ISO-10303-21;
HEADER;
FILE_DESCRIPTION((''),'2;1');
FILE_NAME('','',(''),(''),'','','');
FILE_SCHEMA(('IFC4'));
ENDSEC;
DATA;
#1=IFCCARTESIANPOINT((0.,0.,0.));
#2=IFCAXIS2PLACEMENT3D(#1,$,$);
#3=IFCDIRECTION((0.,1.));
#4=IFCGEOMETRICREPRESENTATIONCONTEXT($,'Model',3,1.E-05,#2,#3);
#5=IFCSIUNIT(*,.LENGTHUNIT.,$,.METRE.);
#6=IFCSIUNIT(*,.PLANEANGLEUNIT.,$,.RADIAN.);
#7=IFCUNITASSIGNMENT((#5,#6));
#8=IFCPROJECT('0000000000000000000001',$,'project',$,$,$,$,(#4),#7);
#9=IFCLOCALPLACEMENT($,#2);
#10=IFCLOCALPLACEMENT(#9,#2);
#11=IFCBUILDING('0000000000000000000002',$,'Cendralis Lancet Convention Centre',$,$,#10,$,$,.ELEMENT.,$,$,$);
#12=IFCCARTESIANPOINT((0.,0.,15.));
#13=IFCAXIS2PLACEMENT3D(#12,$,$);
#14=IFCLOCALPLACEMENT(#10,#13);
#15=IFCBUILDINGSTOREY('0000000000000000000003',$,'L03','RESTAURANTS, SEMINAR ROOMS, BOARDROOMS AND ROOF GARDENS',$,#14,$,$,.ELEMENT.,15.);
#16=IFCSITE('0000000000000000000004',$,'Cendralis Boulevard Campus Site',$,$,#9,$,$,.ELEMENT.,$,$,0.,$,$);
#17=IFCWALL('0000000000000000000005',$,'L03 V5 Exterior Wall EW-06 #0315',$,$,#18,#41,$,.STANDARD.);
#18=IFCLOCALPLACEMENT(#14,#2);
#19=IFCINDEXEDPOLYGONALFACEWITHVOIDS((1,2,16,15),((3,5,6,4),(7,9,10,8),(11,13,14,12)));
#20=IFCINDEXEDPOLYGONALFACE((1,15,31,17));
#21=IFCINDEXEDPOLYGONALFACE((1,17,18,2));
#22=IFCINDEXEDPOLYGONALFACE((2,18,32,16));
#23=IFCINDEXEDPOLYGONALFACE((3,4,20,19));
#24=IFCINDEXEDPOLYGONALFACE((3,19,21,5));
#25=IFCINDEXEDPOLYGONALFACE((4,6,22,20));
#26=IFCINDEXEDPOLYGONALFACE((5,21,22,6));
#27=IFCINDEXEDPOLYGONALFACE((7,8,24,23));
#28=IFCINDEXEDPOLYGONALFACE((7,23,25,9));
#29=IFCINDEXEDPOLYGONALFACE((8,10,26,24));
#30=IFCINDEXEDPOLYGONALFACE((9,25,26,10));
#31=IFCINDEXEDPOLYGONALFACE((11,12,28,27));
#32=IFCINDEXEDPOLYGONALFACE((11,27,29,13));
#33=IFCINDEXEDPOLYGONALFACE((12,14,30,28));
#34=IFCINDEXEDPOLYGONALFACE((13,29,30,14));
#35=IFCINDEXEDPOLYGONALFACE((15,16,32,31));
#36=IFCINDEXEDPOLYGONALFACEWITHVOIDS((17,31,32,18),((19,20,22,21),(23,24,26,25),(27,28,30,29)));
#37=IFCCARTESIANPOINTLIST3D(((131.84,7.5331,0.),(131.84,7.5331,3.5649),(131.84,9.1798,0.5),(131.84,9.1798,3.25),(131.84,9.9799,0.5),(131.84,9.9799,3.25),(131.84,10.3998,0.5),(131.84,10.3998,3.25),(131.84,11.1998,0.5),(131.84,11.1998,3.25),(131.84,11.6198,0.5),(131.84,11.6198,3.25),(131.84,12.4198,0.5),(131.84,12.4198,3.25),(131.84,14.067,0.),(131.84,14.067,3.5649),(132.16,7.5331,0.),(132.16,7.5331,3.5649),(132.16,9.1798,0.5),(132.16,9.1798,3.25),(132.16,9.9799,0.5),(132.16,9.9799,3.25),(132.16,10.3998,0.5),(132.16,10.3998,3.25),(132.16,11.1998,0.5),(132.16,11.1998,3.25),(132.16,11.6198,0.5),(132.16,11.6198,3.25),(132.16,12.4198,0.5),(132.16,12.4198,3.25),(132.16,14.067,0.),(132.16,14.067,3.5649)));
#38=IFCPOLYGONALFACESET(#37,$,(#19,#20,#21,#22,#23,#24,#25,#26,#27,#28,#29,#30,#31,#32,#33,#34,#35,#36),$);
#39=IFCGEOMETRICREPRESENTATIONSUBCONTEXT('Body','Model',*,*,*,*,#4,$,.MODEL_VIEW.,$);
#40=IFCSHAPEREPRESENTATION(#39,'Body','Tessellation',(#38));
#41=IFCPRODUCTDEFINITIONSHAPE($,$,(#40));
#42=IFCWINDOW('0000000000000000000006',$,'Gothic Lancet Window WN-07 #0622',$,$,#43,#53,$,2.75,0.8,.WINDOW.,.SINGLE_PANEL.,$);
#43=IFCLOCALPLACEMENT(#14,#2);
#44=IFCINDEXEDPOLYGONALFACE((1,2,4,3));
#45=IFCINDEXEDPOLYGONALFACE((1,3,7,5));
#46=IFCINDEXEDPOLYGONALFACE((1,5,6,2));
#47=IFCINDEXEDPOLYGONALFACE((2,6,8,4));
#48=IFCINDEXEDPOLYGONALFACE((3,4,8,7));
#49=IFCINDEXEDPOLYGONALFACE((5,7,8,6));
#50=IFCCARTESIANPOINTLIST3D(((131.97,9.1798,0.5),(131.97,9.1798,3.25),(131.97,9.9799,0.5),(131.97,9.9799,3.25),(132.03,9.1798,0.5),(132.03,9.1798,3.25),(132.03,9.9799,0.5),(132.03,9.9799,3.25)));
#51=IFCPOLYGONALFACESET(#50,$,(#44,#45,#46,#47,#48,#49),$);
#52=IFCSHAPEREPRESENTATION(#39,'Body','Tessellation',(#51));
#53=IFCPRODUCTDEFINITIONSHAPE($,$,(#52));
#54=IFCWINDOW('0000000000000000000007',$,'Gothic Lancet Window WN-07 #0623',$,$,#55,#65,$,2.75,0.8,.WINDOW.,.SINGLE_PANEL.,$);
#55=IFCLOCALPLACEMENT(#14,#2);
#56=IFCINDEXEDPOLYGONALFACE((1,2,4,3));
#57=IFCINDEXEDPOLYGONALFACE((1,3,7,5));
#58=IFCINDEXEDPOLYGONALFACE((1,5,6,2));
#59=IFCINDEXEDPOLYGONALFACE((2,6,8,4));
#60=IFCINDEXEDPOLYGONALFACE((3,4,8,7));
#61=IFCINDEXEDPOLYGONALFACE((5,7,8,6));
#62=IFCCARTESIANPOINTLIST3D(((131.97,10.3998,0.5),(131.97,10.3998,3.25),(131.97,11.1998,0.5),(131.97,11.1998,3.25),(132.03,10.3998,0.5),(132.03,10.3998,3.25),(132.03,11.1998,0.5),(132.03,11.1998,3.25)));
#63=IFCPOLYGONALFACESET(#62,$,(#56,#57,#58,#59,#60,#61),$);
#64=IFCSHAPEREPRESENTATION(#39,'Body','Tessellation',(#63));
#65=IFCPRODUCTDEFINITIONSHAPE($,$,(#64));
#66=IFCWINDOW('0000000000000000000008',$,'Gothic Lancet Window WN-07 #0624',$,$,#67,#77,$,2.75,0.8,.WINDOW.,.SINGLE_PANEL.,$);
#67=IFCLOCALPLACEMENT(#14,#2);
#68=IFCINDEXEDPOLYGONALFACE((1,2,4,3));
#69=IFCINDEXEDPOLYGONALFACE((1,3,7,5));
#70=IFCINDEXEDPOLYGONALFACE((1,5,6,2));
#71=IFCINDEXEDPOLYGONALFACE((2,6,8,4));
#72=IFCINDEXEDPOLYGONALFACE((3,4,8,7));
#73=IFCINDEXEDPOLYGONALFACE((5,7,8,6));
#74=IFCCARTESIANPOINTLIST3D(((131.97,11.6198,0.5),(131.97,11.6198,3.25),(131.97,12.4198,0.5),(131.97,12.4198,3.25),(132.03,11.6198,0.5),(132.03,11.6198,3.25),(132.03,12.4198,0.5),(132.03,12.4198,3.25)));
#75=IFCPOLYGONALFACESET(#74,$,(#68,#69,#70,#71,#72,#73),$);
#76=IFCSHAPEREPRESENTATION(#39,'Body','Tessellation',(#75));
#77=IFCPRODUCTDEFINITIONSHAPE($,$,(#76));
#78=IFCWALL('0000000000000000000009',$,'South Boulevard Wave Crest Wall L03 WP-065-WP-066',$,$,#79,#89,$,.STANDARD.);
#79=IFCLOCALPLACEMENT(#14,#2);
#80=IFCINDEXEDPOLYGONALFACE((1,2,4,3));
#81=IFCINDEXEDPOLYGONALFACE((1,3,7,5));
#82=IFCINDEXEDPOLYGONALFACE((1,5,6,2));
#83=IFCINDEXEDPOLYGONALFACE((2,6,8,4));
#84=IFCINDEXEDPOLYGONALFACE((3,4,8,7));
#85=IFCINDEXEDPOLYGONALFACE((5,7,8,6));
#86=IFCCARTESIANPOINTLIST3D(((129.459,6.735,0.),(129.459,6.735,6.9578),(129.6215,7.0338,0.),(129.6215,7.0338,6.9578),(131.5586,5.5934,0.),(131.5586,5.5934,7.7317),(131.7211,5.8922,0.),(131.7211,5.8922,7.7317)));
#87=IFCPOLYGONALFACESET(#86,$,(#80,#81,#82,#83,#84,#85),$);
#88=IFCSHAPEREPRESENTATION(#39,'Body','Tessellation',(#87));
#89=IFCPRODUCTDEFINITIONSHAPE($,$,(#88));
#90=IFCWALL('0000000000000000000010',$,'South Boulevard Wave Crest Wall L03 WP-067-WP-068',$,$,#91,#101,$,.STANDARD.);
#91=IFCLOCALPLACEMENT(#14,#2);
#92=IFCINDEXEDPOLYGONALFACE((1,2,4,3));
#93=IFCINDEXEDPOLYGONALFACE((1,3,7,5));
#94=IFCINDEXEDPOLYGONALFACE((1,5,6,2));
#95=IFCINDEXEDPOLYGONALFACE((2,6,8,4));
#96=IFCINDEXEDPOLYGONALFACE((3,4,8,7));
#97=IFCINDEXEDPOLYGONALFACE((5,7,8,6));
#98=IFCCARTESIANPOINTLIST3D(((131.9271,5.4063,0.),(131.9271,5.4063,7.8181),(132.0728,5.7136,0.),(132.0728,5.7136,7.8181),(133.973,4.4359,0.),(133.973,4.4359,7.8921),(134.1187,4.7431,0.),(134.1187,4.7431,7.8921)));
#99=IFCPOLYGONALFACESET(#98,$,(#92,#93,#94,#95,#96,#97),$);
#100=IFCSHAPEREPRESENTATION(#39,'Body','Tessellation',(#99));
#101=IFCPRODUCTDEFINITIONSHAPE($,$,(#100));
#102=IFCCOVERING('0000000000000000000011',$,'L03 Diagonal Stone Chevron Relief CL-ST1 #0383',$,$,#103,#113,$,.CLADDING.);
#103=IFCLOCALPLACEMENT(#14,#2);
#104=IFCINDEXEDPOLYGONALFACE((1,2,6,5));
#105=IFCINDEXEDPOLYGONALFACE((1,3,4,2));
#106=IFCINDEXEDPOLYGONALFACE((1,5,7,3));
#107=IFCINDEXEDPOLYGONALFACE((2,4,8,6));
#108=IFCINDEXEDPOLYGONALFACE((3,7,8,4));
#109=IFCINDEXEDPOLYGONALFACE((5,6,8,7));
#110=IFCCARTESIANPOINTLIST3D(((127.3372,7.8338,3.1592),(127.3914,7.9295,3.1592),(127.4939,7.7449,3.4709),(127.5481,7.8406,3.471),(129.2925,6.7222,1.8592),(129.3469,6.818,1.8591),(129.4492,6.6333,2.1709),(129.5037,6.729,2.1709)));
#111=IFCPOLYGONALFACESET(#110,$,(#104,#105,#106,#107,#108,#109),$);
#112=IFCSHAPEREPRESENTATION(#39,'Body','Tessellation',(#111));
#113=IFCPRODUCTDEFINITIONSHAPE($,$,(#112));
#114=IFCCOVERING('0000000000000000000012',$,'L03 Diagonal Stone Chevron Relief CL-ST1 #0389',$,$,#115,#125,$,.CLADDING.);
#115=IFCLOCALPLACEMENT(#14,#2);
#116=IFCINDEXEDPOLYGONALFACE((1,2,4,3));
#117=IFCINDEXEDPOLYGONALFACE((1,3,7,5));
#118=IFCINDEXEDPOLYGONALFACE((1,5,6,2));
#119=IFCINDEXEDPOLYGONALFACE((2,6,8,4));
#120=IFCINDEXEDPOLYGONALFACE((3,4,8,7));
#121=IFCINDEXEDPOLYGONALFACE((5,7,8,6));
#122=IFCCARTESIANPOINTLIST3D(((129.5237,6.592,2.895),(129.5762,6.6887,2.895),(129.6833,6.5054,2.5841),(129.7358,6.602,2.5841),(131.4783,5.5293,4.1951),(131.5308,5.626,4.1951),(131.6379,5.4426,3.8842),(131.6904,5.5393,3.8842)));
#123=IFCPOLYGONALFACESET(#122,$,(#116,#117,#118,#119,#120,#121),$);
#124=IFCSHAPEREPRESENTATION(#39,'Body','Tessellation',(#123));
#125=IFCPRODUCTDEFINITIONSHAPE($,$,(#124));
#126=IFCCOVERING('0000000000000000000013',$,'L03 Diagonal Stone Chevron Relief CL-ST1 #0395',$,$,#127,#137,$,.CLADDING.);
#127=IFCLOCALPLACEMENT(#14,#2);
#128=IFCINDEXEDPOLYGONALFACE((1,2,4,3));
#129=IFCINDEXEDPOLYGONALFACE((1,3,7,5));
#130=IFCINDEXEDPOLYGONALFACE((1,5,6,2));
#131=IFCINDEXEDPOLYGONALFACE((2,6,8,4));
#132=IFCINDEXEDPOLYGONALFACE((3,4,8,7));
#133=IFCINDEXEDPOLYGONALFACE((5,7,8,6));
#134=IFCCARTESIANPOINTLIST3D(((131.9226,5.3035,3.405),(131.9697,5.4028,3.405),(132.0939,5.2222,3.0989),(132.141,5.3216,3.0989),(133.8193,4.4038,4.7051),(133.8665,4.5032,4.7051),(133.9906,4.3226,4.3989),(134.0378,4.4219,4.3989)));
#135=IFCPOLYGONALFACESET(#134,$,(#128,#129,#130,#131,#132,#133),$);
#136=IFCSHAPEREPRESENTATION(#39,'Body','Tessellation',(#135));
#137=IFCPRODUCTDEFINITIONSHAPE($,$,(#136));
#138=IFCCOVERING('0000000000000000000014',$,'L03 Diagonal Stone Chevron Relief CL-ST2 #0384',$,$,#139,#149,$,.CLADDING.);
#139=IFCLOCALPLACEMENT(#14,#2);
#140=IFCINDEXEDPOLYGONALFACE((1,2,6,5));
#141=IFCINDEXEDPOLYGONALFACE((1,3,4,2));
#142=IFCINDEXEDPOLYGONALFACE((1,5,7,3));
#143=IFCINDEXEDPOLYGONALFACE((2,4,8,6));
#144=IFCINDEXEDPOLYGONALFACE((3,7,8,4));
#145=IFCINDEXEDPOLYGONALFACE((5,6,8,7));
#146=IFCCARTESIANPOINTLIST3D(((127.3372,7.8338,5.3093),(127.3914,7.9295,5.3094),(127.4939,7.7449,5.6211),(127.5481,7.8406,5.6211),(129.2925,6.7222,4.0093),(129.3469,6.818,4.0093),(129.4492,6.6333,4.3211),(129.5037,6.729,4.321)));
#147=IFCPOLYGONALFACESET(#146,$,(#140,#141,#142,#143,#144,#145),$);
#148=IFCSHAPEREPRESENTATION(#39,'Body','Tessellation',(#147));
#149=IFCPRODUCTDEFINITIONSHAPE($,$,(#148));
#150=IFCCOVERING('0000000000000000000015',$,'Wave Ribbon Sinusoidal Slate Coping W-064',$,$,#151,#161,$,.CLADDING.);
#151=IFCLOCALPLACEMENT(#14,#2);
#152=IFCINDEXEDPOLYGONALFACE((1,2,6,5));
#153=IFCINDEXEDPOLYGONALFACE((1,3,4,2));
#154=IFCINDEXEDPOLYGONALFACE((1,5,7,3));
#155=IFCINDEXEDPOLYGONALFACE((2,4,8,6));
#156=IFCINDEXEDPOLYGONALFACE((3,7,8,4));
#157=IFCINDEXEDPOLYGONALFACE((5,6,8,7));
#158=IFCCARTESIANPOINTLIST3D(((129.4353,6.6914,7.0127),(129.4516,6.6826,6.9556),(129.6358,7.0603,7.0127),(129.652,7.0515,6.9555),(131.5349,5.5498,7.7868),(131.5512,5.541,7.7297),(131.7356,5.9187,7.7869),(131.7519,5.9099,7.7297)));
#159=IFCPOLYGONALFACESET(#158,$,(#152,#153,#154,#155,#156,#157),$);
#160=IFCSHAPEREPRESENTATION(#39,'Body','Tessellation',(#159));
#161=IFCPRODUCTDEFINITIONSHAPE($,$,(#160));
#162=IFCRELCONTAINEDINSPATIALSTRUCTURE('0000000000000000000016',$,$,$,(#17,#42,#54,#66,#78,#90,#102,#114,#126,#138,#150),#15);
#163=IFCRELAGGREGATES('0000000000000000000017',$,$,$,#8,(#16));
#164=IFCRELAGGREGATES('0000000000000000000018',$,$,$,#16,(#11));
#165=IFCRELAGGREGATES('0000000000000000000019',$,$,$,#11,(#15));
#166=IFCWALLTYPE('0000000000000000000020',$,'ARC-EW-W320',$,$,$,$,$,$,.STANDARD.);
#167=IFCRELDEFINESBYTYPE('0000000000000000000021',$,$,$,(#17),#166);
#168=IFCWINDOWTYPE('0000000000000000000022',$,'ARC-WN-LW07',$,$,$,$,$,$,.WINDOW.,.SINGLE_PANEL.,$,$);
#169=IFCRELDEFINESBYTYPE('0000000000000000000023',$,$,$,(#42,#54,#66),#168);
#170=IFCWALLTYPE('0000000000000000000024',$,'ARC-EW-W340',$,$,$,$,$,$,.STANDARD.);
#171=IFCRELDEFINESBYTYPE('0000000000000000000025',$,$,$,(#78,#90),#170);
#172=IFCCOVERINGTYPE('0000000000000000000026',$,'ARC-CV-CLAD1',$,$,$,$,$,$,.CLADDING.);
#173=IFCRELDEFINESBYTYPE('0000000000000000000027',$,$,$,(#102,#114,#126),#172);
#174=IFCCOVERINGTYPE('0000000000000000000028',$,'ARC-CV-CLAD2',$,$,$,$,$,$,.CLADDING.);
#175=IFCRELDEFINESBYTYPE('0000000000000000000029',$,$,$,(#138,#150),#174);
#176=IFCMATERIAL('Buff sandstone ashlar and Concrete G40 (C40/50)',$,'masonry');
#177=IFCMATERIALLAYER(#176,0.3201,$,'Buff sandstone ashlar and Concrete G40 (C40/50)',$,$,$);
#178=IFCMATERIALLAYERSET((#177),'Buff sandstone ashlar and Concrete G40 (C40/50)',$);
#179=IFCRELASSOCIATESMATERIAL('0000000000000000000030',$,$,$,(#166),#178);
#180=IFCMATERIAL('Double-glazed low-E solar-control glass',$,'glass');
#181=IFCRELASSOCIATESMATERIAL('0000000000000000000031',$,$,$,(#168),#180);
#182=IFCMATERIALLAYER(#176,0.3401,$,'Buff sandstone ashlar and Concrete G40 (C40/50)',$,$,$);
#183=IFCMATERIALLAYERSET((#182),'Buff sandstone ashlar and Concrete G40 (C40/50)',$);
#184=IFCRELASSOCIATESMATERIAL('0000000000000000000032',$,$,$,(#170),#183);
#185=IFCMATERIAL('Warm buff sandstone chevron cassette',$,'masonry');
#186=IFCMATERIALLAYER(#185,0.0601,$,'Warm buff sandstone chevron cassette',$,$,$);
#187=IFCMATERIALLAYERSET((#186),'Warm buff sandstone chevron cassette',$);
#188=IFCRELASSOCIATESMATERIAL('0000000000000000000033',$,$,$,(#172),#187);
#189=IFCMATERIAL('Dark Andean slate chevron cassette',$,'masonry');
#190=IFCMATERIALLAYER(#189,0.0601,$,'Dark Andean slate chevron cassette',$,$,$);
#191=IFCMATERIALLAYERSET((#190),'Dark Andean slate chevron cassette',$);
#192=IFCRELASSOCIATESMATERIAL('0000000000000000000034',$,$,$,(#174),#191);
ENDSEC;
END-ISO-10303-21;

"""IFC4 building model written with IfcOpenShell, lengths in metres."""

from ifc_helpers import new_model, si_unit, direction, frame, frame_2d, origin, place, context, subcontext, project, spatial, polyline, rectangle, outline, extrude, material, layer, layer_set, type_object, element, fill, save


model = new_model("IFC4")

# Units and contexts
model_context = context("Model", 3, precision=1e-05, world=origin(), true_north=direction((0.0, 1.0)))
body_context = subcontext(model_context, "Body", "Model", "MODEL_VIEW")
ifc_project = project(units=[si_unit("LENGTHUNIT", "METRE"), si_unit("PLANEANGLEUNIT", "RADIAN")], contexts=[model_context])

# Site, building, storey
site_placement = place(None, origin())
site = spatial("IfcSite", under=ifc_project, at=site_placement, Name="Cendralis Boulevard Campus Site", CompositionType="ELEMENT", RefElevation=0.0)
building_placement = place(site_placement, origin())
building = spatial("IfcBuilding", under=site, at=building_placement, Name="Cendralis Lancet Convention Centre", CompositionType="ELEMENT")
storey_placement = place(building_placement, frame((0.0, 0.0, 15.0)))
storey = spatial("IfcBuildingStorey", under=building, at=storey_placement, Name="L03", Description="RESTAURANTS, SEMINAR ROOMS, BOARDROOMS AND ROOF GARDENS", CompositionType="ELEMENT", Elevation=15.0)

# Shared definitions
ifc_material_1 = material(Name="Warm buff sandstone chevron cassette", Category="masonry")

# Shared definitions
ifc_material_2 = material(Name="Buff sandstone ashlar and Concrete G40 (C40/50)", Category="masonry")
ifc_layer_1 = layer(ifc_material_2, 0.3201, Name="Buff sandstone ashlar and Concrete G40 (C40/50)")
ifc_layer_set_1 = layer_set([ifc_layer_1], Name="Buff sandstone ashlar and Concrete G40 (C40/50)")
wall_type_1 = type_object("IfcWallType", Name="ARC-EW-W320", PredefinedType="STANDARD", material=ifc_layer_set_1)

# Wall, openings, windows
wall_1_placement = place(storey_placement, frame((132.0, 7.533, 0.0), z_axis=(0.0, 0.0, 1.0), x_axis=(0.0, 1.0, 0.0)))
wall_1 = element("IfcWall", 1, at=wall_1_placement, inside=storey, type_object=wall_type_1, Name="L03 V5 Exterior Wall EW-06 #0315", PredefinedType="STANDARD", context=body_context, shape_type="SweptSolid", body=[
    extrude(rectangle(XDim=6.5339, YDim=0.3201, at=frame_2d((3.2671, 0.0))), origin(), (0.0, 0.0, 1.0), 3.5649),
])
opening_1_placement = place(wall_1_placement, frame((1.647, 0.0, 0.5)))
opening_1 = element("IfcOpeningElement", 2, at=opening_1_placement, cuts=wall_1, PredefinedType="OPENING", context=body_context, shape_type="SweptSolid", body=[
    extrude(rectangle(XDim=0.8, YDim=2.75, at=frame_2d((0.3999, 1.375))), frame((0.0, 0.1699, 0.0), z_axis=(0.0, -1.0, 0.0), x_axis=(1.0, 0.0, 0.0)), (0.0, 0.0, 1.0), 0.3401),
])
opening_2_placement = place(wall_1_placement, frame((2.8669, 0.0, 0.5)))
opening_2 = element("IfcOpeningElement", 3, at=opening_2_placement, cuts=wall_1, PredefinedType="OPENING", context=body_context, shape_type="SweptSolid", body=[
    extrude(rectangle(XDim=0.8, YDim=2.75, at=frame_2d((0.3999, 1.375))), frame((0.0, 0.1699, 0.0), z_axis=(0.0, -1.0, 0.0), x_axis=(1.0, 0.0, 0.0)), (0.0, 0.0, 1.0), 0.3401),
])
opening_3_placement = place(wall_1_placement, frame((4.0869, 0.0, 0.5)))
opening_3 = element("IfcOpeningElement", 4, at=opening_3_placement, cuts=wall_1, PredefinedType="OPENING", context=body_context, shape_type="SweptSolid", body=[
    extrude(rectangle(XDim=0.8, YDim=2.75, at=frame_2d((0.3999, 1.375))), frame((0.0, 0.1699, 0.0), z_axis=(0.0, -1.0, 0.0), x_axis=(1.0, 0.0, 0.0)), (0.0, 0.0, 1.0), 0.3401),
])
ifc_material_3 = material(Name="Double-glazed low-E solar-control glass", Category="glass")
window_type = type_object("IfcWindowType", Name="ARC-WN-LW07", PartitioningType="SINGLE_PANEL", PredefinedType="WINDOW", material=ifc_material_3)
window_1_placement = place(opening_1_placement, origin())
window_1 = element("IfcWindow", 5, at=window_1_placement, inside=storey, type_object=window_type, Name="Gothic Lancet Window WN-07 #0622", OverallHeight=2.75, OverallWidth=0.8, PartitioningType="SINGLE_PANEL", PredefinedType="WINDOW", context=body_context, shape_type="SweptSolid", body=[
    extrude(rectangle(XDim=0.8, YDim=2.75, at=frame_2d((0.3999, 1.375))), frame((0.0, 0.03, 0.0), z_axis=(0.0, -1.0, 0.0), x_axis=(1.0, 0.0, 0.0)), (0.0, 0.0, 1.0), 0.0601),
])
fill(opening_1, window_1)
window_2_placement = place(opening_2_placement, origin())
window_2 = element("IfcWindow", 6, at=window_2_placement, inside=storey, type_object=window_type, Name="Gothic Lancet Window WN-07 #0623", OverallHeight=2.75, OverallWidth=0.8, PartitioningType="SINGLE_PANEL", PredefinedType="WINDOW", context=body_context, shape_type="SweptSolid", body=[
    extrude(rectangle(XDim=0.8, YDim=2.75, at=frame_2d((0.3999, 1.375))), frame((0.0, 0.03, 0.0), z_axis=(0.0, -1.0, 0.0), x_axis=(1.0, 0.0, 0.0)), (0.0, 0.0, 1.0), 0.0601),
])
fill(opening_2, window_2)
window_3_placement = place(opening_3_placement, origin())
window_3 = element("IfcWindow", 7, at=window_3_placement, inside=storey, type_object=window_type, Name="Gothic Lancet Window WN-07 #0624", OverallHeight=2.75, OverallWidth=0.8, PartitioningType="SINGLE_PANEL", PredefinedType="WINDOW", context=body_context, shape_type="SweptSolid", body=[
    extrude(rectangle(XDim=0.8, YDim=2.75, at=frame_2d((0.3999, 1.375))), frame((0.0, 0.03, 0.0), z_axis=(0.0, -1.0, 0.0), x_axis=(1.0, 0.0, 0.0)), (0.0, 0.0, 1.0), 0.0601),
])
fill(opening_3, window_3)

# Walls
ifc_layer_2 = layer(ifc_material_2, 0.3401, Name="Buff sandstone ashlar and Concrete G40 (C40/50)")
ifc_layer_set_2 = layer_set([ifc_layer_2], Name="Buff sandstone ashlar and Concrete G40 (C40/50)")
wall_type_2 = type_object("IfcWallType", Name="ARC-EW-W340", PredefinedType="STANDARD", material=ifc_layer_set_2)
wall_2_placement = place(storey_placement, frame((129.5403, 6.8845, 0.0), z_axis=(0.0, 0.0, 1.0), x_axis=(0.878535, -0.477678, 0.0)))
element("IfcWall", 8, at=wall_2_placement, inside=storey, type_object=wall_type_2, Name="South Boulevard Wave Crest Wall L03 WP-065-WP-066", PredefinedType="STANDARD", context=body_context, shape_type="SweptSolid", body=[
    extrude(outline(polyline([(0.0, 0.0), (2.3899, 0.0), (2.3899, 7.7317), (0.0, 6.9578), (0.0, 0.0)])), frame((0.0, 0.1699, 0.0), z_axis=(0.0, -1.0, 0.0), x_axis=(1.0, 0.0, 0.0)), (0.0, 0.0, 1.0), 0.3401),
])
wall_3_placement = place(storey_placement, frame((132.0, 5.5601, 0.0), z_axis=(0.0, 0.0, 1.0), x_axis=(0.903507, -0.428573, 0.0)))
element("IfcWall", 9, at=wall_3_placement, inside=storey, type_object=wall_type_2, Name="South Boulevard Wave Crest Wall L03 WP-067-WP-068", PredefinedType="STANDARD", context=body_context, shape_type="SweptSolid", body=[
    extrude(outline(polyline([(0.0, 0.0), (2.2644, 0.0), (2.2644, 7.8921), (0.0, 7.8181), (0.0, 0.0)])), frame((0.0, 0.1699, 0.0), z_axis=(0.0, -1.0, 0.0), x_axis=(1.0, 0.0, 0.0)), (0.0, 0.0, 1.0), 0.3401),
])

# Coverings
ifc_layer_3 = layer(ifc_material_1, 0.0601, Name="Warm buff sandstone chevron cassette")
ifc_layer_set_3 = layer_set([ifc_layer_3], Name="Warm buff sandstone chevron cassette")
covering_type_1 = type_object("IfcCoveringType", Name="ARC-CV-CLAD1", PredefinedType="CLADDING", material=ifc_layer_set_3)
covering_1_placement = place(storey_placement, frame((127.4939, 7.7449, 3.4709), z_axis=(0.435192, -0.247016, 0.86579), x_axis=(0.752668, -0.427881, -0.500408)))
element("IfcCovering", 10, at=covering_1_placement, inside=storey, type_object=covering_type_1, Name="L03 Diagonal Stone Chevron Relief CL-ST1 #0383", PredefinedType="CLADDING", context=body_context, shape_type="SweptSolid", body=[
    extrude(outline(polyline([(0.0, 0.0), (2.5979, 0.0), (2.5979, 0.1101), (-0.0002, 0.11), (0.0, 0.0)])), origin(), (0.0, 0.0, -1.0), 0.3601),
])
covering_2_placement = place(storey_placement, frame((129.5237, 6.592, 2.895), z_axis=(-0.443384, 0.240726, 0.863401), x_axis=(0.758529, -0.412426, 0.504518)))
element("IfcCovering", 11, at=covering_2_placement, inside=storey, type_object=covering_type_1, Name="L03 Diagonal Stone Chevron Relief CL-ST1 #0389", PredefinedType="CLADDING", context=body_context, shape_type="SweptSolid", body=[
    extrude(outline(polyline([(0.0, 0.0), (2.5768, 0.0), (2.5768, 0.11), (-0.0001, 0.11), (0.0, 0.0)])), origin(), (0.0, 0.0, -1.0), 0.3601),
])
covering_3_placement = place(storey_placement, frame((131.9226, 5.3035, 3.405), z_axis=(-0.475723, 0.225588, 0.850175), x_axis=(0.768146, -0.364348, 0.5265)))
element("IfcCovering", 12, at=covering_3_placement, inside=storey, type_object=covering_type_1, Name="L03 Diagonal Stone Chevron Relief CL-ST1 #0395", PredefinedType="CLADDING", context=body_context, shape_type="SweptSolid", body=[
    extrude(outline(polyline([(0.0, 0.0), (2.4692, 0.0), (2.4692, 0.11), (0.0, 0.11), (0.0, 0.0)])), origin(), (0.0, 0.0, -1.0), 0.3601),
])
ifc_material_4 = material(Name="Dark Andean slate chevron cassette", Category="masonry")
ifc_layer_4 = layer(ifc_material_4, 0.0601, Name="Dark Andean slate chevron cassette")
ifc_layer_set_4 = layer_set([ifc_layer_4], Name="Dark Andean slate chevron cassette")
covering_type_2 = type_object("IfcCoveringType", Name="ARC-CV-CLAD2", PredefinedType="CLADDING", material=ifc_layer_set_4)
covering_4_placement = place(storey_placement, frame((127.4939, 7.7449, 5.6211), z_axis=(0.435192, -0.247016, 0.86579), x_axis=(0.752668, -0.427881, -0.500408)))
element("IfcCovering", 13, at=covering_4_placement, inside=storey, type_object=covering_type_2, Name="L03 Diagonal Stone Chevron Relief CL-ST2 #0384", PredefinedType="CLADDING", context=body_context, shape_type="SweptSolid", body=[
    extrude(outline(polyline([(0.0, 0.0), (2.5979, 0.0), (2.5979, 0.1101), (-0.0002, 0.11), (0.0, 0.0)])), origin(), (0.0, 0.0, -1.0), 0.3601),
])
covering_5_placement = place(storey_placement, frame((129.4353, 6.6914, 7.0127), z_axis=(-0.270731, 0.147191, 0.951336), x_axis=(0.835782, -0.454432, 0.308156)))
element("IfcCovering", 14, at=covering_5_placement, inside=storey, type_object=covering_type_2, Name="Wave Ribbon Sinusoidal Slate Coping W-064", PredefinedType="CLADDING", context=body_context, shape_type="SweptSolid", body=[
    extrude(outline(polyline([(0.0, 0.0), (2.5122, 0.0), (2.5123, 0.42), (-0.0001, 0.4198), (0.0, 0.0)])), origin(), (0.0, 0.0, -1.0), 0.0601),
])

save(model, "model.ifc")
